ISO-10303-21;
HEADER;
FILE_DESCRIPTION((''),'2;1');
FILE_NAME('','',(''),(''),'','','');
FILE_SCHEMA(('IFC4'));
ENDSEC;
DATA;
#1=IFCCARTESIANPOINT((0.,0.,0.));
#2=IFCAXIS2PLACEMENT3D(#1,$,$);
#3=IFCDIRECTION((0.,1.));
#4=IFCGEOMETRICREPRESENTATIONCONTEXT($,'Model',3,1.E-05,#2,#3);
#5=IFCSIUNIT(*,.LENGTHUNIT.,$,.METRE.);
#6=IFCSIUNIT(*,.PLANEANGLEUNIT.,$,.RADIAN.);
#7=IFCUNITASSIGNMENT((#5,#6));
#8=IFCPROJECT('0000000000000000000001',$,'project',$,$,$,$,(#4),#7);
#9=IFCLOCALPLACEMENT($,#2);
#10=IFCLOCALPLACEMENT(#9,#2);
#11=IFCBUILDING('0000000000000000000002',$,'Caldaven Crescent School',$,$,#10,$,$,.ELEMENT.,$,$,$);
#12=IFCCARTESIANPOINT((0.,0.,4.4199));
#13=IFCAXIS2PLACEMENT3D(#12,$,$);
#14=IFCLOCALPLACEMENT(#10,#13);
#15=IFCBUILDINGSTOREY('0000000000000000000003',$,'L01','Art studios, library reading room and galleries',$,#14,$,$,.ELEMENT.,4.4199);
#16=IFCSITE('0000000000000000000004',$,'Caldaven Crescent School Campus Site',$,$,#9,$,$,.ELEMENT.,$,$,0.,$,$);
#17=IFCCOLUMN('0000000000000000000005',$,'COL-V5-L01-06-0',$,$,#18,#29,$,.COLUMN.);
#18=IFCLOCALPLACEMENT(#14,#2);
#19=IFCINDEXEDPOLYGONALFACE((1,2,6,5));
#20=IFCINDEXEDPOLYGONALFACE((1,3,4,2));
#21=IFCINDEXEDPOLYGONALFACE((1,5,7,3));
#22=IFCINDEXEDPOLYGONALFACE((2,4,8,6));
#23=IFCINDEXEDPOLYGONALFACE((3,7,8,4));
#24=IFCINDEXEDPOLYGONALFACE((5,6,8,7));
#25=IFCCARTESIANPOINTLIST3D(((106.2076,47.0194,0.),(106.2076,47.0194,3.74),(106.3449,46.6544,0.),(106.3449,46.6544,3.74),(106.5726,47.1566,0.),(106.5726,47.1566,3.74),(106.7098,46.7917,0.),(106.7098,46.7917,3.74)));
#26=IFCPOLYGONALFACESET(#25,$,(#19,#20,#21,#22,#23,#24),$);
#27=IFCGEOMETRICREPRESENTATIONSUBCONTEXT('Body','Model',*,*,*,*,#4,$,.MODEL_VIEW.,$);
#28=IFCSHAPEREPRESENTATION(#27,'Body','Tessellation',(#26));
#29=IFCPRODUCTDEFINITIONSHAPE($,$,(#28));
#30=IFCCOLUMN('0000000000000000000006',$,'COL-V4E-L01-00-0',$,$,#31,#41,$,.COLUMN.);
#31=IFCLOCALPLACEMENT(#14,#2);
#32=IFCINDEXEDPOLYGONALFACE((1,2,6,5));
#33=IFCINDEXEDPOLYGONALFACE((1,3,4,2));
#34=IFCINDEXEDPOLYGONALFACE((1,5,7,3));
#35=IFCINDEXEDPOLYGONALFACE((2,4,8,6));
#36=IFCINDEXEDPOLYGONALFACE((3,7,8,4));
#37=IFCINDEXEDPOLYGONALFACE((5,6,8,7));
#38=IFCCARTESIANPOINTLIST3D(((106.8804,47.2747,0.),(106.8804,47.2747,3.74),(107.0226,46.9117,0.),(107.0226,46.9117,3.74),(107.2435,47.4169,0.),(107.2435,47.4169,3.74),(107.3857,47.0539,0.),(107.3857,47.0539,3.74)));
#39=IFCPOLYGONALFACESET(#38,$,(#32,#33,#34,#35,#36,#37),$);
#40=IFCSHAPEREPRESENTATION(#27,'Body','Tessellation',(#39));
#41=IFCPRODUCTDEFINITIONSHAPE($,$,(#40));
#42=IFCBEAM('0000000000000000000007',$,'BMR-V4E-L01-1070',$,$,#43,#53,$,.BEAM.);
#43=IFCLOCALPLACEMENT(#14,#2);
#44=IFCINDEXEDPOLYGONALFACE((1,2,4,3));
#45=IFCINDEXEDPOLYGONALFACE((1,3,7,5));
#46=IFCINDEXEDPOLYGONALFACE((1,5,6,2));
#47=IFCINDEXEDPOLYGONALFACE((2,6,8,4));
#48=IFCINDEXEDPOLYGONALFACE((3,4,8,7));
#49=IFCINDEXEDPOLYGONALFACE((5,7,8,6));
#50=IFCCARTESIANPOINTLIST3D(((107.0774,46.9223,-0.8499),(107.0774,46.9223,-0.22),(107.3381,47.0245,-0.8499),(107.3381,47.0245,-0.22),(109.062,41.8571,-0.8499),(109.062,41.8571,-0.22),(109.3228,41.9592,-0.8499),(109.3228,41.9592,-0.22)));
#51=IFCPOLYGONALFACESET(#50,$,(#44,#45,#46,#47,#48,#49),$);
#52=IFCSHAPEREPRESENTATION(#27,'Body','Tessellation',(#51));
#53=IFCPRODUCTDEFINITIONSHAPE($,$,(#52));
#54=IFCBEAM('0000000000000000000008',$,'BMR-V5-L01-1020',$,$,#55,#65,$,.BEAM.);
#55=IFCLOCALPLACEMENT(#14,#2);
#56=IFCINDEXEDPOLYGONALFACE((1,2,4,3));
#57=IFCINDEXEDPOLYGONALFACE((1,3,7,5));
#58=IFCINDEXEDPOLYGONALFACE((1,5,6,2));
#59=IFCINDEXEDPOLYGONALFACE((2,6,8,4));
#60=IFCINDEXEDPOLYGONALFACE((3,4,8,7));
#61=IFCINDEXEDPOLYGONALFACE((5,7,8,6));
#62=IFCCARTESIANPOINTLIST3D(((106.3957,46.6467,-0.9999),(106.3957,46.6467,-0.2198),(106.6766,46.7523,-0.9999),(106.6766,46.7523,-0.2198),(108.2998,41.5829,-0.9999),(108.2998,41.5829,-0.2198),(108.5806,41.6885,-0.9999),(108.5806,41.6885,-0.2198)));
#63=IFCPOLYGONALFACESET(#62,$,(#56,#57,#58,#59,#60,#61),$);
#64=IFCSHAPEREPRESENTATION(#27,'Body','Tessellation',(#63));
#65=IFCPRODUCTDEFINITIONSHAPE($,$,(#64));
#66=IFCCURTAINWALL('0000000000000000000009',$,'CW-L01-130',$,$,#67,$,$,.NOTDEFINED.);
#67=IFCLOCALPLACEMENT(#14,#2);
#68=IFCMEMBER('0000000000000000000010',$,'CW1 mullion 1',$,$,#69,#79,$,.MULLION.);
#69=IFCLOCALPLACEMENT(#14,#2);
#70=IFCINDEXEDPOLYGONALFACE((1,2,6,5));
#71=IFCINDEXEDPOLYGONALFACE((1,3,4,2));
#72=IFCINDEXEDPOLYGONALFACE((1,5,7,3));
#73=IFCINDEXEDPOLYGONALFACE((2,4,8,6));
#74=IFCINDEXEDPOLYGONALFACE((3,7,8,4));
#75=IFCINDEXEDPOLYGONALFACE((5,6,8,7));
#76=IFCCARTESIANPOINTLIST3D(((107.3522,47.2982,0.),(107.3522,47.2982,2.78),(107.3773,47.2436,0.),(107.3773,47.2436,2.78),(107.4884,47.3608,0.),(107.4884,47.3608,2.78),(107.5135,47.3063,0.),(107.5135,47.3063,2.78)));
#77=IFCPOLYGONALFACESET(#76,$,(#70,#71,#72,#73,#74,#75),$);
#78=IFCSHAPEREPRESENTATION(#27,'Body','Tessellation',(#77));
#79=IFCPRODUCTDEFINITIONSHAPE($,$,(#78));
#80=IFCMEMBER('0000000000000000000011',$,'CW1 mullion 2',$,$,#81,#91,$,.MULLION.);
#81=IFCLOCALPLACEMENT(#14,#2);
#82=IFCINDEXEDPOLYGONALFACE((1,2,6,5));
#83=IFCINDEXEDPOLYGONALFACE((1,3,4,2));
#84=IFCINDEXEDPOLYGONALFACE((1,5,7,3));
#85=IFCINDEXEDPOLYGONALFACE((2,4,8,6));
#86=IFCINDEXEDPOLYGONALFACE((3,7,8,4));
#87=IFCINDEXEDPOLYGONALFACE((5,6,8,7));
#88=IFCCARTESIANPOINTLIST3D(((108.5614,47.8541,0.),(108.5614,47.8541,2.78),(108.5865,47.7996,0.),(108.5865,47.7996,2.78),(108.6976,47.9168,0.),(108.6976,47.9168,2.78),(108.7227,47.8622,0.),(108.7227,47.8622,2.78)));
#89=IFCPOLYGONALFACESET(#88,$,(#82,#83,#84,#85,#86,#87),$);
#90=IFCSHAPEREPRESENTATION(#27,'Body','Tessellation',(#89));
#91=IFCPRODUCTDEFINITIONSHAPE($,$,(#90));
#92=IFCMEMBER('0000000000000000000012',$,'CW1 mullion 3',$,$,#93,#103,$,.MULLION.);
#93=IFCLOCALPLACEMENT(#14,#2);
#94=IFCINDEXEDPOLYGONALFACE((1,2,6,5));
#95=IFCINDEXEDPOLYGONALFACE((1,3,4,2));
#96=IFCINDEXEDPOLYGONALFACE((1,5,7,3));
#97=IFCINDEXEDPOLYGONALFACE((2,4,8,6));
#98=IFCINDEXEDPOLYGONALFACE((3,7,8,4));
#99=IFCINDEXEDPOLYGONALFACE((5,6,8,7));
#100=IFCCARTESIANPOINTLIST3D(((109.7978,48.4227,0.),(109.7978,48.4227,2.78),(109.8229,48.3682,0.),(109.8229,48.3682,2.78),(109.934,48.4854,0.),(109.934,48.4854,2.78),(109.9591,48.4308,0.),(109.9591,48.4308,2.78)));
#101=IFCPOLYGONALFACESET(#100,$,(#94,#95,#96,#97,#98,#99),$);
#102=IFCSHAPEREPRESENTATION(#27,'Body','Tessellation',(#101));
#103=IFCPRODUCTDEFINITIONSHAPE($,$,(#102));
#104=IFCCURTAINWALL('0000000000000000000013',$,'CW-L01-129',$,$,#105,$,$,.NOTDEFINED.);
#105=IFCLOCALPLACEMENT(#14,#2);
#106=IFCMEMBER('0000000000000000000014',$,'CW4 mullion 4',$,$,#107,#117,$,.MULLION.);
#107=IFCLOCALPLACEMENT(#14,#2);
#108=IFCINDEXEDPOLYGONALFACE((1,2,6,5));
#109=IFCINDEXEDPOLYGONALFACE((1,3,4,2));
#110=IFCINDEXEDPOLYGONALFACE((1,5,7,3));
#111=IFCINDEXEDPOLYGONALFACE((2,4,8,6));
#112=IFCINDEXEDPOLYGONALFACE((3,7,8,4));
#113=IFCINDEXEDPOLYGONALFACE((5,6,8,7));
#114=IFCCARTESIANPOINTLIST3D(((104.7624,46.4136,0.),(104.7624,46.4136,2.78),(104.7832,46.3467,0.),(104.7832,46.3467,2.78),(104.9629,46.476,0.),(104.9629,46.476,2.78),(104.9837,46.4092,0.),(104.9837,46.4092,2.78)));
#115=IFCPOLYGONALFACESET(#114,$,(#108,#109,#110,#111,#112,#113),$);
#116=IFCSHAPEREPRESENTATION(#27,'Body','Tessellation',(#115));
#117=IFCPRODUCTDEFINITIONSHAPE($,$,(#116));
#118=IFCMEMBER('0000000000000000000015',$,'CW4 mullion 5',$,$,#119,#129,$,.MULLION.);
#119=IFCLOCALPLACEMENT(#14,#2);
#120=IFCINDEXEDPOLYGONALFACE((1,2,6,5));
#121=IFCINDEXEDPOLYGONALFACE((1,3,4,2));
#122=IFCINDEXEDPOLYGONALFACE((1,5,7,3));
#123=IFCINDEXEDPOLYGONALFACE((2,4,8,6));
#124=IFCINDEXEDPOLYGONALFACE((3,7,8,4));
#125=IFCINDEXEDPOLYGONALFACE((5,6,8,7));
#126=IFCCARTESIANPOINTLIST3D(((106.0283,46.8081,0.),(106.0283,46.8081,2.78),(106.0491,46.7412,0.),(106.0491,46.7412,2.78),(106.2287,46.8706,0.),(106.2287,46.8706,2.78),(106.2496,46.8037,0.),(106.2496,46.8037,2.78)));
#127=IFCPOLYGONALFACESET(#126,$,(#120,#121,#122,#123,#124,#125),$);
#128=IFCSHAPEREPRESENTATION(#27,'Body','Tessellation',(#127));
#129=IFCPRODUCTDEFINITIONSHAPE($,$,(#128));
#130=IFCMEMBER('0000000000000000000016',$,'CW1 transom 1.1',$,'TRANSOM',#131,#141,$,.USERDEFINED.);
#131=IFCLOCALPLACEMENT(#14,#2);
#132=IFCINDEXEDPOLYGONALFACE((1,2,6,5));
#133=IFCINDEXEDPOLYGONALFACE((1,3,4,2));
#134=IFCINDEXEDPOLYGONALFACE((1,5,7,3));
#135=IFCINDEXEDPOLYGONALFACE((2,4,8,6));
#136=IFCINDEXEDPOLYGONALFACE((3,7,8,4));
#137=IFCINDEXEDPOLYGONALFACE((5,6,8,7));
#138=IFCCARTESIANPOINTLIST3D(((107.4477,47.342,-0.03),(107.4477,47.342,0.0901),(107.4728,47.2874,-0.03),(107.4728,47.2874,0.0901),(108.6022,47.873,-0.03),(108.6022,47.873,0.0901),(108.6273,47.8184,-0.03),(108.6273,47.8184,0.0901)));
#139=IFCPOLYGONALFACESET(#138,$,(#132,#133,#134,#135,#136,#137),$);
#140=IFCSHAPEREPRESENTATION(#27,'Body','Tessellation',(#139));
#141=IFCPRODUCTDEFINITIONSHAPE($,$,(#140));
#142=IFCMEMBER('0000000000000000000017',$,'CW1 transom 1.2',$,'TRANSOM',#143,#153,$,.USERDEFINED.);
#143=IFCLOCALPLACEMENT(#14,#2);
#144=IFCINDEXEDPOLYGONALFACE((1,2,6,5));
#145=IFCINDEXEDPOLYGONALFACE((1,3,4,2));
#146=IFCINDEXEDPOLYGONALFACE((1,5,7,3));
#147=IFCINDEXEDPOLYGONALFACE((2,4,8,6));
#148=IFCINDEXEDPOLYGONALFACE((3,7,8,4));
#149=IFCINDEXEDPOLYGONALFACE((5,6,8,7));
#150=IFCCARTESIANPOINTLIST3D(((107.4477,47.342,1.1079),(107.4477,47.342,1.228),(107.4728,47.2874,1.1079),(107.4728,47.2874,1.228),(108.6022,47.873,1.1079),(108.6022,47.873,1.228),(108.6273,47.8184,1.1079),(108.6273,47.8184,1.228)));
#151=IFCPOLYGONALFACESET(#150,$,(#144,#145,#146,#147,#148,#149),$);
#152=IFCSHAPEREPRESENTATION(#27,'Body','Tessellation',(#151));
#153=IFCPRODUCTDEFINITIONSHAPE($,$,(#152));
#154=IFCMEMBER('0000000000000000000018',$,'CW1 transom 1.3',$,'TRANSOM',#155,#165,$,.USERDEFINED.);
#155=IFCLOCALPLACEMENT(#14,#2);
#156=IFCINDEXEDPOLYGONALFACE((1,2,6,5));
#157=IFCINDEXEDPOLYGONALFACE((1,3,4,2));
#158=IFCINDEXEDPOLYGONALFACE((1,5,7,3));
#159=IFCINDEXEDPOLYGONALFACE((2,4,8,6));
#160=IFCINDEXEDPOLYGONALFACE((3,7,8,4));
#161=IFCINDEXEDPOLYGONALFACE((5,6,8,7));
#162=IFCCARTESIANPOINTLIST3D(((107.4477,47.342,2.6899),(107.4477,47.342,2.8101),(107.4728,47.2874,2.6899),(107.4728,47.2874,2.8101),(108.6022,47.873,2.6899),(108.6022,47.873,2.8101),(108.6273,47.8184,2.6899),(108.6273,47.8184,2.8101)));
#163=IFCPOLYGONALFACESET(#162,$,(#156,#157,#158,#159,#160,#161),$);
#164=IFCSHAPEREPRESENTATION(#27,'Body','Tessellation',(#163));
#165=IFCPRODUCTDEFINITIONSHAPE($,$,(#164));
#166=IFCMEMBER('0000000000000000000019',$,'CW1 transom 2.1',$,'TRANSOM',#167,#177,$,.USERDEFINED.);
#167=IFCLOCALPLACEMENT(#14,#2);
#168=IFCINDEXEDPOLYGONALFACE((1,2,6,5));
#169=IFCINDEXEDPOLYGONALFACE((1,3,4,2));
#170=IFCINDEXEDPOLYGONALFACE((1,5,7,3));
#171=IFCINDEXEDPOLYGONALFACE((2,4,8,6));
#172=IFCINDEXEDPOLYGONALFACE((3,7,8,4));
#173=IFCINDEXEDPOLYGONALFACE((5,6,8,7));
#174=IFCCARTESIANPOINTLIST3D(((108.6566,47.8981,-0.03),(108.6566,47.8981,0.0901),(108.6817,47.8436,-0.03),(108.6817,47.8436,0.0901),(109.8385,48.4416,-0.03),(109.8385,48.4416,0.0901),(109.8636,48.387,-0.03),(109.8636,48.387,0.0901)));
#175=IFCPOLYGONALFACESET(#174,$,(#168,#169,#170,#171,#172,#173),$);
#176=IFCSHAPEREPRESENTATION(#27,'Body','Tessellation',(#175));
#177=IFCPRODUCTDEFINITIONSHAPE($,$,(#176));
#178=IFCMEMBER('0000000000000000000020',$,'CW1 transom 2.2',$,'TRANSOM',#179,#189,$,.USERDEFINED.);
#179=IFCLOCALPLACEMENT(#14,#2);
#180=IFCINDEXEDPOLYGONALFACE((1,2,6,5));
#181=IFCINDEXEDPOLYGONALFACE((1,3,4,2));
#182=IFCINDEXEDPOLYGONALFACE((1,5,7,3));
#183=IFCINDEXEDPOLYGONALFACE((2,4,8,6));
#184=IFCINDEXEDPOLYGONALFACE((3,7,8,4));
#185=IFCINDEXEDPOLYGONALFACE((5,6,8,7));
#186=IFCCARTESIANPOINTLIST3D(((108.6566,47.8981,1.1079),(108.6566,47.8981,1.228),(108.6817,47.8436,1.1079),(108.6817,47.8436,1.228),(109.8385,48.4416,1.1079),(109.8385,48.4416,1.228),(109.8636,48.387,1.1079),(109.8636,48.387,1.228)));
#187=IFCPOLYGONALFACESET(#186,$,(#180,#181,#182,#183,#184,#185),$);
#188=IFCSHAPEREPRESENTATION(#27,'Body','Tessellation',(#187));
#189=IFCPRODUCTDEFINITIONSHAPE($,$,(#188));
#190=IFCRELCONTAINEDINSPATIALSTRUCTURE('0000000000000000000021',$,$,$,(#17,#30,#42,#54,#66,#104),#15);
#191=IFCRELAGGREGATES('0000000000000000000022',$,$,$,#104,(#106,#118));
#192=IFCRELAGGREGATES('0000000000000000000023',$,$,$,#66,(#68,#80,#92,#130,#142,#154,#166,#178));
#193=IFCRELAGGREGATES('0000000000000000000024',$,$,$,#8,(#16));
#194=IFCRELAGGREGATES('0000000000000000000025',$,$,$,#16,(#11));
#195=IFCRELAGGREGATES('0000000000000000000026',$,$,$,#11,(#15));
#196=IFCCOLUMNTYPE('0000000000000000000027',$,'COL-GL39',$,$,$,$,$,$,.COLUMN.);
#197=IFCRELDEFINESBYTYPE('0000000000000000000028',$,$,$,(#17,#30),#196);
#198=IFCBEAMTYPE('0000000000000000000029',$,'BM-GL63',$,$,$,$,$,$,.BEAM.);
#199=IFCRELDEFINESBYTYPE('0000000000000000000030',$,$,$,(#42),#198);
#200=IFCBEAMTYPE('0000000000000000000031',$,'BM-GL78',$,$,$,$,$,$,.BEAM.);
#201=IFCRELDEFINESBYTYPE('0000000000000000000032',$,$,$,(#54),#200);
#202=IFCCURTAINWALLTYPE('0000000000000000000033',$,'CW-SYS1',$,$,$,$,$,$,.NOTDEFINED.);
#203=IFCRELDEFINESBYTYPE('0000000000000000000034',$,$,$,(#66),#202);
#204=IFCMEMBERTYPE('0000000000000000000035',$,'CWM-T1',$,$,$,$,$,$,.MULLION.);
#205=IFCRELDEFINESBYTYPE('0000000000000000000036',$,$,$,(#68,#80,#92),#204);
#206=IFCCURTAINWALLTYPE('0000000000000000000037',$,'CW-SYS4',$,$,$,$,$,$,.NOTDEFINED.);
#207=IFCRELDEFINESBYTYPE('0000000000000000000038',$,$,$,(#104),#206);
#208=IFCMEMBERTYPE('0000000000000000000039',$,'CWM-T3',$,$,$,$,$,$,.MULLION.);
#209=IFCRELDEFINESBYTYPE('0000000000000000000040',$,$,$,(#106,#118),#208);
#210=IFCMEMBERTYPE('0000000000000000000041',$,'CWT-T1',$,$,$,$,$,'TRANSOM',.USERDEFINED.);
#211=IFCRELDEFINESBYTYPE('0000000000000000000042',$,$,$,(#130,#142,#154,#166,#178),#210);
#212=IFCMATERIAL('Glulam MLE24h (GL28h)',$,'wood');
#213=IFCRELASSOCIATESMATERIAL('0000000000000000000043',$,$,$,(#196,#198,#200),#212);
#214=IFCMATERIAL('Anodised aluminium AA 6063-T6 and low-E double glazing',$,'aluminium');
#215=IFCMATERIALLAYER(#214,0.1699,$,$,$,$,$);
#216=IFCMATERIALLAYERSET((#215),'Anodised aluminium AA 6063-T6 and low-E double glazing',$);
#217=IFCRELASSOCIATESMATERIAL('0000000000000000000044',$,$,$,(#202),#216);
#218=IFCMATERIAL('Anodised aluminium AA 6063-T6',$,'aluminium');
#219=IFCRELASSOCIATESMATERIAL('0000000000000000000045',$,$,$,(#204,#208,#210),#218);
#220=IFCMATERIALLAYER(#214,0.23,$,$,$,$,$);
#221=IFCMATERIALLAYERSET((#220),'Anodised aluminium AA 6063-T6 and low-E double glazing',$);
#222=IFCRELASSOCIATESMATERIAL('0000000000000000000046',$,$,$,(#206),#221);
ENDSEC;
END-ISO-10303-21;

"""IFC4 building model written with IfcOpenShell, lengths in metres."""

from ifc_helpers import new_model, si_unit, direction, frame, origin, origin_2d, place, context, subcontext, project, spatial, rectangle, extrude, material, layer, layer_set, material_profile, profile_set, type_object, element, aggregate, save


model = new_model("IFC4")

# Units and contexts
model_context = context("Model", 3, precision=1e-05, world=origin(), true_north=direction((0.0, 1.0)))
body_context = subcontext(model_context, "Body", "Model", "MODEL_VIEW")
ifc_project = project(units=[si_unit("LENGTHUNIT", "METRE"), si_unit("PLANEANGLEUNIT", "RADIAN")], contexts=[model_context])

# Site, building, storey
site_placement = place(None, origin())
site = spatial("IfcSite", under=ifc_project, at=site_placement, Name="Caldaven Crescent School Campus Site", CompositionType="ELEMENT", RefElevation=0.0)
building_placement = place(site_placement, origin())
building = spatial("IfcBuilding", under=site, at=building_placement, Name="Caldaven Crescent School", CompositionType="ELEMENT")
storey_placement = place(building_placement, frame((0.0, 0.0, 4.4199)))
storey = spatial("IfcBuildingStorey", under=building, at=storey_placement, Name="L01", Description="Art studios, library reading room and galleries", CompositionType="ELEMENT", Elevation=4.4199)

# Columns
ifc_material_1 = material(Name="Glulam MLE24h (GL28h)", Category="wood")
ifc_material_profile_1 = material_profile(ifc_material_1, rectangle(XDim=0.3899, YDim=0.3899, at=origin_2d()), Name="MLE 390x390")
ifc_profile_set_1 = profile_set([ifc_material_profile_1], Name="Glulam MLE24h (GL28h)")
column_type = type_object("IfcColumnType", Name="COL-GL39", PredefinedType="COLUMN", material=ifc_profile_set_1)
for number, where, z_axis, x_axis, name in (
    (1, (106.4587, 46.9055, 0.0), (0.0, 0.0, 1.0), (0.352005, -0.935998, 0.0), "COL-V5-L01-06-0"),
    (2, (107.1331, 47.1643, 0.0), (0.0, 0.0, 1.0), (0.364714, -0.931119, 0.0), "COL-V4E-L01-00-0"),
):
    element("IfcColumn", number, at=place(storey_placement, frame(where, z_axis=z_axis, x_axis=x_axis)), inside=storey, type_object=column_type, Name=name, PredefinedType="COLUMN", context=body_context, shape_type="SweptSolid", body=[
        extrude(rectangle(XDim=0.3899, YDim=0.3899, at=origin_2d()), origin(), (0.0, 0.0, 1.0), 3.74),
    ])

# Beams
ifc_material_profile_2 = material_profile(ifc_material_1, rectangle(XDim=0.28, YDim=0.6299, at=origin_2d()), Name="MLE 280x630")
ifc_profile_set_2 = profile_set([ifc_material_profile_2], Name="Glulam MLE24h (GL28h)")
beam_type_1 = type_object("IfcBeamType", Name="BM-GL63", PredefinedType="BEAM", material=ifc_profile_set_2)
beam_1_placement = place(storey_placement, frame((107.2078, 46.9734, -0.5349), z_axis=(0.364812, -0.931081, 0.0), x_axis=(0.931081, 0.364812, 0.0)))
element("IfcBeam", 3, at=beam_1_placement, inside=storey, type_object=beam_type_1, Name="BMR-V4E-L01-1070", PredefinedType="BEAM", context=body_context, shape_type="SweptSolid", body=[
    extrude(rectangle(XDim=0.28, YDim=0.6299, at=origin_2d()), origin(), (0.0, 0.0, 1.0), 5.4402),
])
ifc_material_profile_3 = material_profile(ifc_material_1, rectangle(XDim=0.3, YDim=0.78, at=origin_2d()), Name="MLE 300x780")
ifc_profile_set_3 = profile_set([ifc_material_profile_3], Name="Glulam MLE24h (GL28h)")
beam_type_2 = type_object("IfcBeamType", Name="BM-GL78", PredefinedType="BEAM", material=ifc_profile_set_3)
beam_2_placement = place(storey_placement, frame((106.5361, 46.6995, -0.6099), z_axis=(0.351959, -0.936015, 0.0), x_axis=(0.936015, 0.351959, 0.0)))
element("IfcBeam", 4, at=beam_2_placement, inside=storey, type_object=beam_type_2, Name="BMR-V5-L01-1020", PredefinedType="BEAM", context=body_context, shape_type="SweptSolid", body=[
    extrude(rectangle(XDim=0.3, YDim=0.78, at=origin_2d()), origin(), (0.0, 0.0, 1.0), 5.4099),
])

# Curtain walls, members
ifc_material_2 = material(Name="Anodised aluminium AA 6063-T6 and low-E double glazing", Category="aluminium")
ifc_layer_1 = layer(ifc_material_2, 0.1699)
ifc_layer_set_1 = layer_set([ifc_layer_1], Name="Anodised aluminium AA 6063-T6 and low-E double glazing")
curtain_wall_type_1 = type_object("IfcCurtainWallType", Name="CW-SYS1", PredefinedType="NOTDEFINED", material=ifc_layer_set_1)
curtain_wall_1_placement = place(storey_placement, origin())
curtain_wall_1 = element("IfcCurtainWall", 5, at=curtain_wall_1_placement, inside=storey, type_object=curtain_wall_type_1, Name="CW-L01-130", PredefinedType="NOTDEFINED")
ifc_material_3 = material(Name="Anodised aluminium AA 6063-T6", Category="aluminium")
ifc_material_profile_4 = material_profile(ifc_material_3, rectangle(XDim=0.0601, YDim=0.1499, at=origin_2d()), Name="CWM 60x150")
ifc_profile_set_4 = profile_set([ifc_material_profile_4], Name="Anodised aluminium AA 6063-T6")
member_type_1 = type_object("IfcMemberType", Name="CWM-T1", PredefinedType="MULLION", material=ifc_profile_set_4)
member_1_placement = place(storey_placement, frame((107.4329, 47.3022, 0.0), z_axis=(0.0, 0.0, 1.0), x_axis=(-0.417824, 0.908528, 0.0)))
member_1 = element("IfcMember", 6, at=member_1_placement, type_object=member_type_1, Name="CW1 mullion 1", PredefinedType="MULLION", context=body_context, shape_type="SweptSolid", body=[
    extrude(rectangle(XDim=0.0601, YDim=0.1499, at=origin_2d()), origin(), (0.0, 0.0, 1.0), 2.78),
])
member_2_placement = place(storey_placement, frame((108.6421, 47.8582, 0.0), z_axis=(0.0, 0.0, 1.0), x_axis=(-0.417824, 0.908528, 0.0)))
member_2 = element("IfcMember", 7, at=member_2_placement, type_object=member_type_1, Name="CW1 mullion 2", PredefinedType="MULLION", context=body_context, shape_type="SweptSolid", body=[
    extrude(rectangle(XDim=0.0601, YDim=0.1499, at=origin_2d()), origin(), (0.0, 0.0, 1.0), 2.78),
])
member_3_placement = place(storey_placement, frame((109.8784, 48.4268, 0.0), z_axis=(0.0, 0.0, 1.0), x_axis=(-0.417824, 0.908528, 0.0)))
member_3 = element("IfcMember", 8, at=member_3_placement, type_object=member_type_1, Name="CW1 mullion 3", PredefinedType="MULLION", context=body_context, shape_type="SweptSolid", body=[
    extrude(rectangle(XDim=0.0601, YDim=0.1499, at=origin_2d()), origin(), (0.0, 0.0, 1.0), 2.78),
])
ifc_layer_2 = layer(ifc_material_2, 0.23)
ifc_layer_set_2 = layer_set([ifc_layer_2], Name="Anodised aluminium AA 6063-T6 and low-E double glazing")
curtain_wall_type_2 = type_object("IfcCurtainWallType", Name="CW-SYS4", PredefinedType="NOTDEFINED", material=ifc_layer_set_2)
curtain_wall_2_placement = place(storey_placement, origin())
curtain_wall_2 = element("IfcCurtainWall", 9, at=curtain_wall_2_placement, inside=storey, type_object=curtain_wall_type_2, Name="CW-L01-129", PredefinedType="NOTDEFINED")
ifc_material_profile_5 = material_profile(ifc_material_3, rectangle(XDim=0.0701, YDim=0.21, at=origin_2d()), Name="CWM 70x210")
ifc_profile_set_5 = profile_set([ifc_material_profile_5], Name="Anodised aluminium AA 6063-T6")
member_type_2 = type_object("IfcMemberType", Name="CWM-T3", PredefinedType="MULLION", material=ifc_profile_set_5)
member_4_placement = place(storey_placement, frame((104.873, 46.4114, 0.0), z_axis=(0.0, 0.0, 1.0), x_axis=(-0.29742, 0.954747, 0.0)))
member_4 = element("IfcMember", 10, at=member_4_placement, type_object=member_type_2, Name="CW4 mullion 4", PredefinedType="MULLION", context=body_context, shape_type="SweptSolid", body=[
    extrude(rectangle(XDim=0.0701, YDim=0.21, at=origin_2d()), origin(), (0.0, 0.0, 1.0), 2.78),
])
member_5_placement = place(storey_placement, frame((106.1389, 46.8059, 0.0), z_axis=(0.0, 0.0, 1.0), x_axis=(-0.29742, 0.954747, 0.0)))
member_5 = element("IfcMember", 11, at=member_5_placement, type_object=member_type_2, Name="CW4 mullion 5", PredefinedType="MULLION", context=body_context, shape_type="SweptSolid", body=[
    extrude(rectangle(XDim=0.0701, YDim=0.21, at=origin_2d()), origin(), (0.0, 0.0, 1.0), 2.78),
])

# Members
ifc_material_profile_6 = material_profile(ifc_material_3, rectangle(XDim=0.0601, YDim=0.1201, at=origin_2d()), Name="CWT 60x120")
ifc_profile_set_6 = profile_set([ifc_material_profile_6], Name="Anodised aluminium AA 6063-T6")
member_type_3 = type_object("IfcMemberType", Name="CWT-T1", ElementType="TRANSOM", PredefinedType="USERDEFINED", material=ifc_profile_set_6)
member_6_placement = place(storey_placement, frame((107.4602, 47.3147, 0.03), z_axis=(0.908515, 0.417852, 0.0), x_axis=(-0.417852, 0.908515, 0.0)))
member_6 = element("IfcMember", 12, at=member_6_placement, type_object=member_type_3, Name="CW1 transom 1.1", ObjectType="TRANSOM", PredefinedType="USERDEFINED", context=body_context, shape_type="SweptSolid", body=[
    extrude(rectangle(XDim=0.0601, YDim=0.1201, at=origin_2d()), origin(), (0.0, 0.0, 1.0), 1.2708),
])
member_7_placement = place(storey_placement, frame((107.4602, 47.3147, 1.168), z_axis=(0.908515, 0.417852, 0.0), x_axis=(-0.417852, 0.908515, 0.0)))
member_7 = element("IfcMember", 13, at=member_7_placement, type_object=member_type_3, Name="CW1 transom 1.2", ObjectType="TRANSOM", PredefinedType="USERDEFINED", context=body_context, shape_type="SweptSolid", body=[
    extrude(rectangle(XDim=0.0601, YDim=0.1201, at=origin_2d()), origin(), (0.0, 0.0, 1.0), 1.2708),
])
member_8_placement = place(storey_placement, frame((107.4602, 47.3147, 2.75), z_axis=(0.908515, 0.417852, 0.0), x_axis=(-0.417852, 0.908515, 0.0)))
member_8 = element("IfcMember", 14, at=member_8_placement, type_object=member_type_3, Name="CW1 transom 1.3", ObjectType="TRANSOM", PredefinedType="USERDEFINED", context=body_context, shape_type="SweptSolid", body=[
    extrude(rectangle(XDim=0.0601, YDim=0.1201, at=origin_2d()), origin(), (0.0, 0.0, 1.0), 1.2708),
])
member_9_placement = place(storey_placement, frame((108.6692, 47.8708, 0.03), z_axis=(0.908552, 0.417772, 0.0), x_axis=(-0.417772, 0.908552, 0.0)))
member_9 = element("IfcMember", 15, at=member_9_placement, type_object=member_type_3, Name="CW1 transom 2.1", ObjectType="TRANSOM", PredefinedType="USERDEFINED", context=body_context, shape_type="SweptSolid", body=[
    extrude(rectangle(XDim=0.0601, YDim=0.1201, at=origin_2d()), origin(), (0.0, 0.0, 1.0), 1.3008),
])
member_10_placement = place(storey_placement, frame((108.6692, 47.8708, 1.168), z_axis=(0.908552, 0.417772, 0.0), x_axis=(-0.417772, 0.908552, 0.0)))
member_10 = element("IfcMember", 16, at=member_10_placement, type_object=member_type_3, Name="CW1 transom 2.2", ObjectType="TRANSOM", PredefinedType="USERDEFINED", context=body_context, shape_type="SweptSolid", body=[
    extrude(rectangle(XDim=0.0601, YDim=0.1201, at=origin_2d()), origin(), (0.0, 0.0, 1.0), 1.3008),
])

aggregate(curtain_wall_2, [member_4, member_5])
aggregate(curtain_wall_1, [member_1, member_2, member_3, member_6, member_7, member_8, member_9, member_10])

save(model, "model.ifc")
